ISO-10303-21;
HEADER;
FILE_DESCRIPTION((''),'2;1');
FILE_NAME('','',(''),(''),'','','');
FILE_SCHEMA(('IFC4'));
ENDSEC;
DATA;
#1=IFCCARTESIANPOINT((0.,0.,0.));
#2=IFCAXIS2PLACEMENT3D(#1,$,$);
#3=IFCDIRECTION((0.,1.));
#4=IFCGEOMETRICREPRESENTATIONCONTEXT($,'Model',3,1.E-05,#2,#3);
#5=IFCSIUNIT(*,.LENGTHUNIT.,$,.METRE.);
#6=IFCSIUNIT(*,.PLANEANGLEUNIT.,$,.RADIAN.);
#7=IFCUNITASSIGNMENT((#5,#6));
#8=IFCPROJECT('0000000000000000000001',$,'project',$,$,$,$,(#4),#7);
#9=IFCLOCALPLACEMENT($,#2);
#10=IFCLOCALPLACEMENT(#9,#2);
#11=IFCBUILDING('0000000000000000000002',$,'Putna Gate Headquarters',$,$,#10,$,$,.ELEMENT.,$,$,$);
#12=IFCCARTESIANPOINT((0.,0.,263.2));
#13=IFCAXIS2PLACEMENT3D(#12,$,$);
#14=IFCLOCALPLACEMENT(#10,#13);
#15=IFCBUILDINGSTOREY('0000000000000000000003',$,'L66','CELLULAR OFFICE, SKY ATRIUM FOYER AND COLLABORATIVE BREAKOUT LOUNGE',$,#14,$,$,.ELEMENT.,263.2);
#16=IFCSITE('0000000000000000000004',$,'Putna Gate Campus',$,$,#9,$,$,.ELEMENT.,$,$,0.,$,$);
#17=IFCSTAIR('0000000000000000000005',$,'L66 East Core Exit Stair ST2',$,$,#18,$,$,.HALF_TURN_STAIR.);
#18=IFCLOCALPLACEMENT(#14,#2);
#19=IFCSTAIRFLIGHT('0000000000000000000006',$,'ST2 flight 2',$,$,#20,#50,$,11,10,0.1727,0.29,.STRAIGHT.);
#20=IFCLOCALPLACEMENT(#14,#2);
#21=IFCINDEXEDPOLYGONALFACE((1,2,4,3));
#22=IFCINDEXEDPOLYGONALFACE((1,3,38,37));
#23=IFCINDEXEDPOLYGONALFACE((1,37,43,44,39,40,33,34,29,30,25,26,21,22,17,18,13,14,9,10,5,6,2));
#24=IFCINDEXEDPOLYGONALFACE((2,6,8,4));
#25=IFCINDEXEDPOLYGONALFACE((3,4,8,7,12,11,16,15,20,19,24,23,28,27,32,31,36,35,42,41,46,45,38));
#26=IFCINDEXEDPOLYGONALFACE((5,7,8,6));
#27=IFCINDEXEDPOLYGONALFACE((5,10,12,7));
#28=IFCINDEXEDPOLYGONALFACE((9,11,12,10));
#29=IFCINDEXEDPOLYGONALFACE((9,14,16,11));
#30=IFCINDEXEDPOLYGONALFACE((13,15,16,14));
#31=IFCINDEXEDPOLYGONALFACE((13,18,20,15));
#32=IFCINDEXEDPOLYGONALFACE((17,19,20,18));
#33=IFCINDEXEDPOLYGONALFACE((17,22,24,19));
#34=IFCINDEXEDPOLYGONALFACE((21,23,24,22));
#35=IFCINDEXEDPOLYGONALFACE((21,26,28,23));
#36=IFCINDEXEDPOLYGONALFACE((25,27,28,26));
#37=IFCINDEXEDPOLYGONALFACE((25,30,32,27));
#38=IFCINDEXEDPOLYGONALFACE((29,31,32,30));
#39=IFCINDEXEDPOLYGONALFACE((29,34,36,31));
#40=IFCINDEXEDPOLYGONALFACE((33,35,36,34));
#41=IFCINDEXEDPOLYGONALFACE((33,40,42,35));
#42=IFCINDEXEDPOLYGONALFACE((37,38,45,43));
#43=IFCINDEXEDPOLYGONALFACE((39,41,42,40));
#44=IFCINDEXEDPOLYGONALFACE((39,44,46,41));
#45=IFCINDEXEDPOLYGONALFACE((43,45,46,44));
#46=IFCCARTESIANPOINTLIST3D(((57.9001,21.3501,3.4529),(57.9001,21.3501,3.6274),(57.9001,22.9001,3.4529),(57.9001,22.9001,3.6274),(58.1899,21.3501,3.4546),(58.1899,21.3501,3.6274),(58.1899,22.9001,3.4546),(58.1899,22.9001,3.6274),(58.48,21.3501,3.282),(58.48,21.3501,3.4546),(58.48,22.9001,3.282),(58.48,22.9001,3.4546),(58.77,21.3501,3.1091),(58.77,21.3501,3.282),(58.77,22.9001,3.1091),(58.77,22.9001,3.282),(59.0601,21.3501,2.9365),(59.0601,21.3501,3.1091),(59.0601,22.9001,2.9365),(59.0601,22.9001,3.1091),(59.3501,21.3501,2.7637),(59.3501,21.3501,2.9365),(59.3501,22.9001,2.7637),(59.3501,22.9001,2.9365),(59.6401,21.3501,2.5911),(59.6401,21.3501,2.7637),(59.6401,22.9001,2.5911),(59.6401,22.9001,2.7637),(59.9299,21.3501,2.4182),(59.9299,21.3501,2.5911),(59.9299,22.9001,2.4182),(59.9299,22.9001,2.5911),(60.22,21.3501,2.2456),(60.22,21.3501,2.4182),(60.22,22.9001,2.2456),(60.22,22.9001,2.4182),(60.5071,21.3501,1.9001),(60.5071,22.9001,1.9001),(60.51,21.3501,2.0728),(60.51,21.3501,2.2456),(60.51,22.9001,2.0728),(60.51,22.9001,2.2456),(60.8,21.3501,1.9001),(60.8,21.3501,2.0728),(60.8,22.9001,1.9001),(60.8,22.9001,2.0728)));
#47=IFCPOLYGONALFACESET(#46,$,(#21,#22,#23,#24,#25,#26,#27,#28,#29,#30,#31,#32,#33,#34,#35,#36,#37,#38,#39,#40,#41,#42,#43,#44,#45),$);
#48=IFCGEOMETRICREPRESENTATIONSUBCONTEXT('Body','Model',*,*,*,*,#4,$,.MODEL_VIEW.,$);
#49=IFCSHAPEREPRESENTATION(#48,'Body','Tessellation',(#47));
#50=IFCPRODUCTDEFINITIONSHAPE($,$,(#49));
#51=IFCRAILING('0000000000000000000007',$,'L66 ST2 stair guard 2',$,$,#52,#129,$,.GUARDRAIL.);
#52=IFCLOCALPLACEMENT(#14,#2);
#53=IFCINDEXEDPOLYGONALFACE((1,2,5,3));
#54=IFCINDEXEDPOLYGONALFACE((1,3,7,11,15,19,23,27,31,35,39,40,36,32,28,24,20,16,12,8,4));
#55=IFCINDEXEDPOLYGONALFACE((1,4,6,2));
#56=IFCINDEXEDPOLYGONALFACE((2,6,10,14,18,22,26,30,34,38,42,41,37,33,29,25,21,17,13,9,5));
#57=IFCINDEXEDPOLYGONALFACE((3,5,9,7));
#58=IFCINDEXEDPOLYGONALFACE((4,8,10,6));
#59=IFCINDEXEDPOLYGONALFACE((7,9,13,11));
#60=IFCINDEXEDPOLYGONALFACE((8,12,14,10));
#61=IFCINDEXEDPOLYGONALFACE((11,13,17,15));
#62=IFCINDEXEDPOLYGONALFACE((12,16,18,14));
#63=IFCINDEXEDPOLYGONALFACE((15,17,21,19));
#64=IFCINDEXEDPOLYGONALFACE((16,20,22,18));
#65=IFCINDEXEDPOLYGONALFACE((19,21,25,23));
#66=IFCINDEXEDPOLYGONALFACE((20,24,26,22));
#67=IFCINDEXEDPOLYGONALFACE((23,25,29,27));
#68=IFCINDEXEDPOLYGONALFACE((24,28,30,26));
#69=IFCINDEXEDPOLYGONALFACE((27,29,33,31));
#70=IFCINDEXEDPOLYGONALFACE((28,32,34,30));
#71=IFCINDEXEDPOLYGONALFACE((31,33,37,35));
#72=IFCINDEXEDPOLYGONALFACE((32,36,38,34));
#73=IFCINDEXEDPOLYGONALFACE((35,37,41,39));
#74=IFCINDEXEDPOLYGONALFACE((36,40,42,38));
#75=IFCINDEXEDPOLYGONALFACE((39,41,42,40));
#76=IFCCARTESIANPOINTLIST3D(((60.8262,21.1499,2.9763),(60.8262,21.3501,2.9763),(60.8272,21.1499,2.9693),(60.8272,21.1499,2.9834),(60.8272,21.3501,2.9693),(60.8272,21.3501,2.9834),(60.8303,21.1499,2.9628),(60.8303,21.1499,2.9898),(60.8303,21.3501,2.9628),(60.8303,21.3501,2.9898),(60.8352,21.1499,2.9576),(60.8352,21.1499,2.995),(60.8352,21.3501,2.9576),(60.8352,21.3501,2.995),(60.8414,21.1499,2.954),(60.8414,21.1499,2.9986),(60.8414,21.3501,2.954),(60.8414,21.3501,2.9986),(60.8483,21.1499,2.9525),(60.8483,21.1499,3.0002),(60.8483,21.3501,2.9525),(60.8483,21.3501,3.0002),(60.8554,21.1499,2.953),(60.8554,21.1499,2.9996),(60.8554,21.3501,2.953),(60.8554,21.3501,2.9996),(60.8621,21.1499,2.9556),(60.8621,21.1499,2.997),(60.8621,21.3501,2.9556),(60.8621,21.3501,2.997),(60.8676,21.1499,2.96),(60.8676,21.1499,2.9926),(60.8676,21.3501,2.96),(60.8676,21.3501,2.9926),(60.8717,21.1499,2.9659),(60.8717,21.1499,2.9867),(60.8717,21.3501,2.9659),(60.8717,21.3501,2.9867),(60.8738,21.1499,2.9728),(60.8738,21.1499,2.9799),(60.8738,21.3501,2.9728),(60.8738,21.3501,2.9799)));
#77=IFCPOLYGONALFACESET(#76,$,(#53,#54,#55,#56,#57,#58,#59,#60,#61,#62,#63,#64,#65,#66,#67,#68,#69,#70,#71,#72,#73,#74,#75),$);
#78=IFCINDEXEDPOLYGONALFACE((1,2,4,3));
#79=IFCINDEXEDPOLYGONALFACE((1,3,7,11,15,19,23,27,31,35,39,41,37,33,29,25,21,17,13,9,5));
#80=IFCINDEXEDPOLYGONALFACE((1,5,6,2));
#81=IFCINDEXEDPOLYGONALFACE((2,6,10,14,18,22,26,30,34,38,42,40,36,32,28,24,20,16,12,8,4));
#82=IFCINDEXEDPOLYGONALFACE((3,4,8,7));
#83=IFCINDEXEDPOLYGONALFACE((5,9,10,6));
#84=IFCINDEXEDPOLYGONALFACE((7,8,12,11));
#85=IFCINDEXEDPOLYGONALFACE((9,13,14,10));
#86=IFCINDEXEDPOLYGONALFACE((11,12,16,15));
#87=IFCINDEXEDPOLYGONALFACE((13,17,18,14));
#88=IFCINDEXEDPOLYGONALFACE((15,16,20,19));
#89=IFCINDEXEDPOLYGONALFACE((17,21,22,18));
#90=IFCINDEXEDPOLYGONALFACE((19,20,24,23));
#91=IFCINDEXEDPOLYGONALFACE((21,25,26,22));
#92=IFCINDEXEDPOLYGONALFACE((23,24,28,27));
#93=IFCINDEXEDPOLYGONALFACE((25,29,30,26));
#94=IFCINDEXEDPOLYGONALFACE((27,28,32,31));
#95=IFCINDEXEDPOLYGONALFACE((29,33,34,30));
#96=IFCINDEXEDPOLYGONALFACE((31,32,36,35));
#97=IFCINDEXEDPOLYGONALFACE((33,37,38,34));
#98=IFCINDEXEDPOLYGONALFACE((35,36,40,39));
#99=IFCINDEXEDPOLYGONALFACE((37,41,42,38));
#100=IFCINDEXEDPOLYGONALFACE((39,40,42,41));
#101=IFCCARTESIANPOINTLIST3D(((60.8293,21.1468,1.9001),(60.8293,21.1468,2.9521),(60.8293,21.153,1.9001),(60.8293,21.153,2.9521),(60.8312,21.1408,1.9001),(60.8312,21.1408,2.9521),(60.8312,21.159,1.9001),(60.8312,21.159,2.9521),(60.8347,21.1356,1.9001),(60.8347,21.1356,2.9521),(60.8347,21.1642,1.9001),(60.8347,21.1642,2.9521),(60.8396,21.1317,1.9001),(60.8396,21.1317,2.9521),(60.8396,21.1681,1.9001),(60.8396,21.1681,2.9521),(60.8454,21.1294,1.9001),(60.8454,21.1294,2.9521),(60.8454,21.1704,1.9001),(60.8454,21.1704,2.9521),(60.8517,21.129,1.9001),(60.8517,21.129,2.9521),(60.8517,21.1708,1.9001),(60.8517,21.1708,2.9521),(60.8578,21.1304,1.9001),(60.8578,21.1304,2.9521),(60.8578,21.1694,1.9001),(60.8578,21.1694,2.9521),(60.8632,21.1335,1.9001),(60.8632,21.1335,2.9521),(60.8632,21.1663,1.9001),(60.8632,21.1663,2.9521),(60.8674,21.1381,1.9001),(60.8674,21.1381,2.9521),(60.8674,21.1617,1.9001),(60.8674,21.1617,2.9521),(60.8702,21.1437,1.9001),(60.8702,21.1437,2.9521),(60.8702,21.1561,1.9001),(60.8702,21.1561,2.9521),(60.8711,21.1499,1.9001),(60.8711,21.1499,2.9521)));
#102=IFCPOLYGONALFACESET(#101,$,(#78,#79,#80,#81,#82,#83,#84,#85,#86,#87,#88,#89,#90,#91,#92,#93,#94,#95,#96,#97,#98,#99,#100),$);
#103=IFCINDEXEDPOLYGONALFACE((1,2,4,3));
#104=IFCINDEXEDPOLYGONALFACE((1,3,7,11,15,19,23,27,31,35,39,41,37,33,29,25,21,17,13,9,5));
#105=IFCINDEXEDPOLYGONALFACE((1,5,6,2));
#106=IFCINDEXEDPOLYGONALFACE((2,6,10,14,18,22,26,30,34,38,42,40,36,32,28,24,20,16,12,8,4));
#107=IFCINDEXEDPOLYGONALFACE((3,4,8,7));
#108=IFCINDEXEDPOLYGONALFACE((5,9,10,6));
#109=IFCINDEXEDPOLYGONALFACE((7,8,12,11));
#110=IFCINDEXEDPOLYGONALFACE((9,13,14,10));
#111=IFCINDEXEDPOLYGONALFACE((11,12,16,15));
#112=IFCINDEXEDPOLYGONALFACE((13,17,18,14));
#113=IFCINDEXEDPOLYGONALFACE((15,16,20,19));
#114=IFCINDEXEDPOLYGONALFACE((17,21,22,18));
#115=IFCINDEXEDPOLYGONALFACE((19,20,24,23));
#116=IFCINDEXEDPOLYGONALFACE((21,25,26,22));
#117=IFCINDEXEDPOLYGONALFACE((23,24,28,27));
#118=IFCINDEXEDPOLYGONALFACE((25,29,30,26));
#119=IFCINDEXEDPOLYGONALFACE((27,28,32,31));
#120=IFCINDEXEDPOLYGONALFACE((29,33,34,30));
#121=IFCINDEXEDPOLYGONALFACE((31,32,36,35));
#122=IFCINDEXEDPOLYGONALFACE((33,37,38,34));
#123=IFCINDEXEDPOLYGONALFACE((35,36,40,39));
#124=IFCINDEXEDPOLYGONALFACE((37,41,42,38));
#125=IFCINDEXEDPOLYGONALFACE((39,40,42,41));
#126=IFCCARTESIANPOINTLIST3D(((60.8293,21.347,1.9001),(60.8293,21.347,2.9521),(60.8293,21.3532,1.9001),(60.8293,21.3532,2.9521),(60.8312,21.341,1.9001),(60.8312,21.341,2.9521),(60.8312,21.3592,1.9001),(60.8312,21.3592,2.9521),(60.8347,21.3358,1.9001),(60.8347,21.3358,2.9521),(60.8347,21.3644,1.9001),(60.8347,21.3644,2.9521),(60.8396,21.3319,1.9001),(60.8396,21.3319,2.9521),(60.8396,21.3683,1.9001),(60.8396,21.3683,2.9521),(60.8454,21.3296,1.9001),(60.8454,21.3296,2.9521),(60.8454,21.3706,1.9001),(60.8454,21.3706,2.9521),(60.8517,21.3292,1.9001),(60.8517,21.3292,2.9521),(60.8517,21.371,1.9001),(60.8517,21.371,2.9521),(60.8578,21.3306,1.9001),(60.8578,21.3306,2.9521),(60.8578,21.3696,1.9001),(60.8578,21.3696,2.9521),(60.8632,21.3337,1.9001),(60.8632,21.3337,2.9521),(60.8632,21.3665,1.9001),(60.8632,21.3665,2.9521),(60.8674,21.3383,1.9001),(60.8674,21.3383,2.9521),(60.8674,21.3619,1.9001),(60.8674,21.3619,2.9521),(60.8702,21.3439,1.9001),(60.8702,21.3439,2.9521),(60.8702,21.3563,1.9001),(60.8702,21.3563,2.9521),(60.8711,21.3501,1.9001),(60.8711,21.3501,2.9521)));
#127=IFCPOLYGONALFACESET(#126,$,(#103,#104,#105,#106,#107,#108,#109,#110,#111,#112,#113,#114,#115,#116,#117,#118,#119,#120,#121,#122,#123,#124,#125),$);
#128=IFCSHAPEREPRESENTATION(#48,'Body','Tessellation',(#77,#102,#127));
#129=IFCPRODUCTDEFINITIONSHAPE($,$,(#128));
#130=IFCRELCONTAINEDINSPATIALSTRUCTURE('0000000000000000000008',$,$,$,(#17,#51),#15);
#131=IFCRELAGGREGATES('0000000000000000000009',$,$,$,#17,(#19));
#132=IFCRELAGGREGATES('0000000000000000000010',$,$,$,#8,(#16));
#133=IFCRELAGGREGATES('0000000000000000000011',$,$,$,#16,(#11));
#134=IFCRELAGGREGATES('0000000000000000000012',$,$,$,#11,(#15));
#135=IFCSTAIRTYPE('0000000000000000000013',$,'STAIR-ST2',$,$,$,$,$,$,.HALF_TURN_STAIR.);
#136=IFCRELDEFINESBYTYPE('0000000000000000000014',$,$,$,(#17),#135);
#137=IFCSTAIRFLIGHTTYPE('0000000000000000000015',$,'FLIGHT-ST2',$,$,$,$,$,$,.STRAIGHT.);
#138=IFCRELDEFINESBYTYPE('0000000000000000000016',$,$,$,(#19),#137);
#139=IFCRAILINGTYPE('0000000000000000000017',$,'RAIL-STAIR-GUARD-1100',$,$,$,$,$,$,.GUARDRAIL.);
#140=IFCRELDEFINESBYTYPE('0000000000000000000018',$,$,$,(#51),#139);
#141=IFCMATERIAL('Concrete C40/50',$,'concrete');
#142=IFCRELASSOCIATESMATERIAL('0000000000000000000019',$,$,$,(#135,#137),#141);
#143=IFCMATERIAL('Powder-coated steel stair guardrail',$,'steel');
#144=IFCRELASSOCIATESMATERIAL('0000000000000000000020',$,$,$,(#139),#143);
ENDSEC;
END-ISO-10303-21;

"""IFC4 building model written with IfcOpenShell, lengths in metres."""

from ifc_helpers import new_model, si_unit, direction, frame, origin, origin_2d, place, context, subcontext, project, spatial, polyline, circle, outline, extrude, material, type_object, element, aggregate, save


model = new_model("IFC4")

# Units and contexts
model_context = context("Model", 3, precision=1e-05, world=origin(), true_north=direction((0.0, 1.0)))
body_context = subcontext(model_context, "Body", "Model", "MODEL_VIEW")
ifc_project = project(units=[si_unit("LENGTHUNIT", "METRE"), si_unit("PLANEANGLEUNIT", "RADIAN")], contexts=[model_context])

# Site, building, storey
site_placement = place(None, origin())
site = spatial("IfcSite", under=ifc_project, at=site_placement, Name="Putna Gate Campus", CompositionType="ELEMENT", RefElevation=0.0)
building_placement = place(site_placement, origin())
building = spatial("IfcBuilding", under=site, at=building_placement, Name="Putna Gate Headquarters", CompositionType="ELEMENT")
storey_placement = place(building_placement, frame((0.0, 0.0, 263.2)))
storey = spatial("IfcBuildingStorey", under=building, at=storey_placement, Name="L66", Description="CELLULAR OFFICE, SKY ATRIUM FOYER AND COLLABORATIVE BREAKOUT LOUNGE", CompositionType="ELEMENT", Elevation=263.2)

# Shared definitions
ifc_material_1 = material(Name="Concrete C40/50", Category="concrete")

# Stair, stair flight
stair_type = type_object("IfcStairType", Name="STAIR-ST2", PredefinedType="HALF_TURN_STAIR", material=ifc_material_1)
stair_placement = place(storey_placement, origin())
stair = element("IfcStair", 1, at=stair_placement, inside=storey, type_object=stair_type, Name="L66 East Core Exit Stair ST2", PredefinedType="HALF_TURN_STAIR")
stair_flight_type = type_object("IfcStairFlightType", Name="FLIGHT-ST2", PredefinedType="STRAIGHT", material=ifc_material_1)
stair_flight_placement = place(storey_placement, frame((60.8, 22.125, 1.9001), z_axis=(0.0, 0.0, 1.0), x_axis=(-1.0, 0.0, 0.0)))
stair_flight = element("IfcStairFlight", 2, at=stair_flight_placement, type_object=stair_flight_type, Name="ST2 flight 2", NumberOfRisers=11, NumberOfTreads=10, PredefinedType="STRAIGHT", RiserHeight=0.1727, TreadLength=0.29, context=body_context, shape_type="SweptSolid", body=[
    extrude(outline(polyline([(0.0, 0.0), (0.0, 0.1726), (0.29, 0.1726), (0.29, 0.3455), (0.5801, 0.3455), (0.5801, 0.5181), (0.8701, 0.5181), (0.8701, 0.6909), (1.1599, 0.6909), (1.1599, 0.8635), (1.45, 0.8635), (1.45, 1.0364), (1.74, 1.0364), (1.74, 1.209), (2.03, 1.209), (2.03, 1.3818), (2.3201, 1.3818), (2.3201, 1.5544), (2.6101, 1.5544), (2.6101, 1.7273), (2.8999, 1.7273), (2.8999, 1.8999), (2.8999, 1.5527), (0.293, 0.0), (0.0, 0.0)])), frame((0.0, 0.7749, 0.0), z_axis=(0.0, -1.0, 0.0), x_axis=(1.0, 0.0, 0.0)), (0.0, 0.0, 1.0), 1.55),
])
aggregate(stair, [stair_flight])

# Railing
ifc_material_2 = material(Name="Powder-coated steel stair guardrail", Category="steel")
railing_type_1 = type_object("IfcRailingType", Name="RAIL-STAIR-GUARD-1100", PredefinedType="GUARDRAIL", material=ifc_material_2)
railing_1_placement = place(storey_placement, frame((60.8501, 21.1499, 1.9001)))
element("IfcRailing", 3, at=railing_1_placement, inside=storey, type_object=railing_type_1, Name="L66 ST2 stair guard 2", PredefinedType="GUARDRAIL", context=body_context, shape_type="SweptSolid", body=[
    extrude(circle(Radius=0.0239, at=origin_2d()), frame((0.0, 0.0, 1.0762), z_axis=(0.0, 1.0, 0.0), x_axis=(-1.0, 0.0, 0.0)), (0.0, 0.0, 1.0), 0.2002),
    extrude(circle(Radius=0.021, at=origin_2d()), origin(), (0.0, 0.0, 1.0), 1.052),
    extrude(circle(Radius=0.021, at=origin_2d()), frame((0.0, 0.2002, 0.0)), (0.0, 0.0, 1.0), 1.052),
])

save(model, "model.ifc")
